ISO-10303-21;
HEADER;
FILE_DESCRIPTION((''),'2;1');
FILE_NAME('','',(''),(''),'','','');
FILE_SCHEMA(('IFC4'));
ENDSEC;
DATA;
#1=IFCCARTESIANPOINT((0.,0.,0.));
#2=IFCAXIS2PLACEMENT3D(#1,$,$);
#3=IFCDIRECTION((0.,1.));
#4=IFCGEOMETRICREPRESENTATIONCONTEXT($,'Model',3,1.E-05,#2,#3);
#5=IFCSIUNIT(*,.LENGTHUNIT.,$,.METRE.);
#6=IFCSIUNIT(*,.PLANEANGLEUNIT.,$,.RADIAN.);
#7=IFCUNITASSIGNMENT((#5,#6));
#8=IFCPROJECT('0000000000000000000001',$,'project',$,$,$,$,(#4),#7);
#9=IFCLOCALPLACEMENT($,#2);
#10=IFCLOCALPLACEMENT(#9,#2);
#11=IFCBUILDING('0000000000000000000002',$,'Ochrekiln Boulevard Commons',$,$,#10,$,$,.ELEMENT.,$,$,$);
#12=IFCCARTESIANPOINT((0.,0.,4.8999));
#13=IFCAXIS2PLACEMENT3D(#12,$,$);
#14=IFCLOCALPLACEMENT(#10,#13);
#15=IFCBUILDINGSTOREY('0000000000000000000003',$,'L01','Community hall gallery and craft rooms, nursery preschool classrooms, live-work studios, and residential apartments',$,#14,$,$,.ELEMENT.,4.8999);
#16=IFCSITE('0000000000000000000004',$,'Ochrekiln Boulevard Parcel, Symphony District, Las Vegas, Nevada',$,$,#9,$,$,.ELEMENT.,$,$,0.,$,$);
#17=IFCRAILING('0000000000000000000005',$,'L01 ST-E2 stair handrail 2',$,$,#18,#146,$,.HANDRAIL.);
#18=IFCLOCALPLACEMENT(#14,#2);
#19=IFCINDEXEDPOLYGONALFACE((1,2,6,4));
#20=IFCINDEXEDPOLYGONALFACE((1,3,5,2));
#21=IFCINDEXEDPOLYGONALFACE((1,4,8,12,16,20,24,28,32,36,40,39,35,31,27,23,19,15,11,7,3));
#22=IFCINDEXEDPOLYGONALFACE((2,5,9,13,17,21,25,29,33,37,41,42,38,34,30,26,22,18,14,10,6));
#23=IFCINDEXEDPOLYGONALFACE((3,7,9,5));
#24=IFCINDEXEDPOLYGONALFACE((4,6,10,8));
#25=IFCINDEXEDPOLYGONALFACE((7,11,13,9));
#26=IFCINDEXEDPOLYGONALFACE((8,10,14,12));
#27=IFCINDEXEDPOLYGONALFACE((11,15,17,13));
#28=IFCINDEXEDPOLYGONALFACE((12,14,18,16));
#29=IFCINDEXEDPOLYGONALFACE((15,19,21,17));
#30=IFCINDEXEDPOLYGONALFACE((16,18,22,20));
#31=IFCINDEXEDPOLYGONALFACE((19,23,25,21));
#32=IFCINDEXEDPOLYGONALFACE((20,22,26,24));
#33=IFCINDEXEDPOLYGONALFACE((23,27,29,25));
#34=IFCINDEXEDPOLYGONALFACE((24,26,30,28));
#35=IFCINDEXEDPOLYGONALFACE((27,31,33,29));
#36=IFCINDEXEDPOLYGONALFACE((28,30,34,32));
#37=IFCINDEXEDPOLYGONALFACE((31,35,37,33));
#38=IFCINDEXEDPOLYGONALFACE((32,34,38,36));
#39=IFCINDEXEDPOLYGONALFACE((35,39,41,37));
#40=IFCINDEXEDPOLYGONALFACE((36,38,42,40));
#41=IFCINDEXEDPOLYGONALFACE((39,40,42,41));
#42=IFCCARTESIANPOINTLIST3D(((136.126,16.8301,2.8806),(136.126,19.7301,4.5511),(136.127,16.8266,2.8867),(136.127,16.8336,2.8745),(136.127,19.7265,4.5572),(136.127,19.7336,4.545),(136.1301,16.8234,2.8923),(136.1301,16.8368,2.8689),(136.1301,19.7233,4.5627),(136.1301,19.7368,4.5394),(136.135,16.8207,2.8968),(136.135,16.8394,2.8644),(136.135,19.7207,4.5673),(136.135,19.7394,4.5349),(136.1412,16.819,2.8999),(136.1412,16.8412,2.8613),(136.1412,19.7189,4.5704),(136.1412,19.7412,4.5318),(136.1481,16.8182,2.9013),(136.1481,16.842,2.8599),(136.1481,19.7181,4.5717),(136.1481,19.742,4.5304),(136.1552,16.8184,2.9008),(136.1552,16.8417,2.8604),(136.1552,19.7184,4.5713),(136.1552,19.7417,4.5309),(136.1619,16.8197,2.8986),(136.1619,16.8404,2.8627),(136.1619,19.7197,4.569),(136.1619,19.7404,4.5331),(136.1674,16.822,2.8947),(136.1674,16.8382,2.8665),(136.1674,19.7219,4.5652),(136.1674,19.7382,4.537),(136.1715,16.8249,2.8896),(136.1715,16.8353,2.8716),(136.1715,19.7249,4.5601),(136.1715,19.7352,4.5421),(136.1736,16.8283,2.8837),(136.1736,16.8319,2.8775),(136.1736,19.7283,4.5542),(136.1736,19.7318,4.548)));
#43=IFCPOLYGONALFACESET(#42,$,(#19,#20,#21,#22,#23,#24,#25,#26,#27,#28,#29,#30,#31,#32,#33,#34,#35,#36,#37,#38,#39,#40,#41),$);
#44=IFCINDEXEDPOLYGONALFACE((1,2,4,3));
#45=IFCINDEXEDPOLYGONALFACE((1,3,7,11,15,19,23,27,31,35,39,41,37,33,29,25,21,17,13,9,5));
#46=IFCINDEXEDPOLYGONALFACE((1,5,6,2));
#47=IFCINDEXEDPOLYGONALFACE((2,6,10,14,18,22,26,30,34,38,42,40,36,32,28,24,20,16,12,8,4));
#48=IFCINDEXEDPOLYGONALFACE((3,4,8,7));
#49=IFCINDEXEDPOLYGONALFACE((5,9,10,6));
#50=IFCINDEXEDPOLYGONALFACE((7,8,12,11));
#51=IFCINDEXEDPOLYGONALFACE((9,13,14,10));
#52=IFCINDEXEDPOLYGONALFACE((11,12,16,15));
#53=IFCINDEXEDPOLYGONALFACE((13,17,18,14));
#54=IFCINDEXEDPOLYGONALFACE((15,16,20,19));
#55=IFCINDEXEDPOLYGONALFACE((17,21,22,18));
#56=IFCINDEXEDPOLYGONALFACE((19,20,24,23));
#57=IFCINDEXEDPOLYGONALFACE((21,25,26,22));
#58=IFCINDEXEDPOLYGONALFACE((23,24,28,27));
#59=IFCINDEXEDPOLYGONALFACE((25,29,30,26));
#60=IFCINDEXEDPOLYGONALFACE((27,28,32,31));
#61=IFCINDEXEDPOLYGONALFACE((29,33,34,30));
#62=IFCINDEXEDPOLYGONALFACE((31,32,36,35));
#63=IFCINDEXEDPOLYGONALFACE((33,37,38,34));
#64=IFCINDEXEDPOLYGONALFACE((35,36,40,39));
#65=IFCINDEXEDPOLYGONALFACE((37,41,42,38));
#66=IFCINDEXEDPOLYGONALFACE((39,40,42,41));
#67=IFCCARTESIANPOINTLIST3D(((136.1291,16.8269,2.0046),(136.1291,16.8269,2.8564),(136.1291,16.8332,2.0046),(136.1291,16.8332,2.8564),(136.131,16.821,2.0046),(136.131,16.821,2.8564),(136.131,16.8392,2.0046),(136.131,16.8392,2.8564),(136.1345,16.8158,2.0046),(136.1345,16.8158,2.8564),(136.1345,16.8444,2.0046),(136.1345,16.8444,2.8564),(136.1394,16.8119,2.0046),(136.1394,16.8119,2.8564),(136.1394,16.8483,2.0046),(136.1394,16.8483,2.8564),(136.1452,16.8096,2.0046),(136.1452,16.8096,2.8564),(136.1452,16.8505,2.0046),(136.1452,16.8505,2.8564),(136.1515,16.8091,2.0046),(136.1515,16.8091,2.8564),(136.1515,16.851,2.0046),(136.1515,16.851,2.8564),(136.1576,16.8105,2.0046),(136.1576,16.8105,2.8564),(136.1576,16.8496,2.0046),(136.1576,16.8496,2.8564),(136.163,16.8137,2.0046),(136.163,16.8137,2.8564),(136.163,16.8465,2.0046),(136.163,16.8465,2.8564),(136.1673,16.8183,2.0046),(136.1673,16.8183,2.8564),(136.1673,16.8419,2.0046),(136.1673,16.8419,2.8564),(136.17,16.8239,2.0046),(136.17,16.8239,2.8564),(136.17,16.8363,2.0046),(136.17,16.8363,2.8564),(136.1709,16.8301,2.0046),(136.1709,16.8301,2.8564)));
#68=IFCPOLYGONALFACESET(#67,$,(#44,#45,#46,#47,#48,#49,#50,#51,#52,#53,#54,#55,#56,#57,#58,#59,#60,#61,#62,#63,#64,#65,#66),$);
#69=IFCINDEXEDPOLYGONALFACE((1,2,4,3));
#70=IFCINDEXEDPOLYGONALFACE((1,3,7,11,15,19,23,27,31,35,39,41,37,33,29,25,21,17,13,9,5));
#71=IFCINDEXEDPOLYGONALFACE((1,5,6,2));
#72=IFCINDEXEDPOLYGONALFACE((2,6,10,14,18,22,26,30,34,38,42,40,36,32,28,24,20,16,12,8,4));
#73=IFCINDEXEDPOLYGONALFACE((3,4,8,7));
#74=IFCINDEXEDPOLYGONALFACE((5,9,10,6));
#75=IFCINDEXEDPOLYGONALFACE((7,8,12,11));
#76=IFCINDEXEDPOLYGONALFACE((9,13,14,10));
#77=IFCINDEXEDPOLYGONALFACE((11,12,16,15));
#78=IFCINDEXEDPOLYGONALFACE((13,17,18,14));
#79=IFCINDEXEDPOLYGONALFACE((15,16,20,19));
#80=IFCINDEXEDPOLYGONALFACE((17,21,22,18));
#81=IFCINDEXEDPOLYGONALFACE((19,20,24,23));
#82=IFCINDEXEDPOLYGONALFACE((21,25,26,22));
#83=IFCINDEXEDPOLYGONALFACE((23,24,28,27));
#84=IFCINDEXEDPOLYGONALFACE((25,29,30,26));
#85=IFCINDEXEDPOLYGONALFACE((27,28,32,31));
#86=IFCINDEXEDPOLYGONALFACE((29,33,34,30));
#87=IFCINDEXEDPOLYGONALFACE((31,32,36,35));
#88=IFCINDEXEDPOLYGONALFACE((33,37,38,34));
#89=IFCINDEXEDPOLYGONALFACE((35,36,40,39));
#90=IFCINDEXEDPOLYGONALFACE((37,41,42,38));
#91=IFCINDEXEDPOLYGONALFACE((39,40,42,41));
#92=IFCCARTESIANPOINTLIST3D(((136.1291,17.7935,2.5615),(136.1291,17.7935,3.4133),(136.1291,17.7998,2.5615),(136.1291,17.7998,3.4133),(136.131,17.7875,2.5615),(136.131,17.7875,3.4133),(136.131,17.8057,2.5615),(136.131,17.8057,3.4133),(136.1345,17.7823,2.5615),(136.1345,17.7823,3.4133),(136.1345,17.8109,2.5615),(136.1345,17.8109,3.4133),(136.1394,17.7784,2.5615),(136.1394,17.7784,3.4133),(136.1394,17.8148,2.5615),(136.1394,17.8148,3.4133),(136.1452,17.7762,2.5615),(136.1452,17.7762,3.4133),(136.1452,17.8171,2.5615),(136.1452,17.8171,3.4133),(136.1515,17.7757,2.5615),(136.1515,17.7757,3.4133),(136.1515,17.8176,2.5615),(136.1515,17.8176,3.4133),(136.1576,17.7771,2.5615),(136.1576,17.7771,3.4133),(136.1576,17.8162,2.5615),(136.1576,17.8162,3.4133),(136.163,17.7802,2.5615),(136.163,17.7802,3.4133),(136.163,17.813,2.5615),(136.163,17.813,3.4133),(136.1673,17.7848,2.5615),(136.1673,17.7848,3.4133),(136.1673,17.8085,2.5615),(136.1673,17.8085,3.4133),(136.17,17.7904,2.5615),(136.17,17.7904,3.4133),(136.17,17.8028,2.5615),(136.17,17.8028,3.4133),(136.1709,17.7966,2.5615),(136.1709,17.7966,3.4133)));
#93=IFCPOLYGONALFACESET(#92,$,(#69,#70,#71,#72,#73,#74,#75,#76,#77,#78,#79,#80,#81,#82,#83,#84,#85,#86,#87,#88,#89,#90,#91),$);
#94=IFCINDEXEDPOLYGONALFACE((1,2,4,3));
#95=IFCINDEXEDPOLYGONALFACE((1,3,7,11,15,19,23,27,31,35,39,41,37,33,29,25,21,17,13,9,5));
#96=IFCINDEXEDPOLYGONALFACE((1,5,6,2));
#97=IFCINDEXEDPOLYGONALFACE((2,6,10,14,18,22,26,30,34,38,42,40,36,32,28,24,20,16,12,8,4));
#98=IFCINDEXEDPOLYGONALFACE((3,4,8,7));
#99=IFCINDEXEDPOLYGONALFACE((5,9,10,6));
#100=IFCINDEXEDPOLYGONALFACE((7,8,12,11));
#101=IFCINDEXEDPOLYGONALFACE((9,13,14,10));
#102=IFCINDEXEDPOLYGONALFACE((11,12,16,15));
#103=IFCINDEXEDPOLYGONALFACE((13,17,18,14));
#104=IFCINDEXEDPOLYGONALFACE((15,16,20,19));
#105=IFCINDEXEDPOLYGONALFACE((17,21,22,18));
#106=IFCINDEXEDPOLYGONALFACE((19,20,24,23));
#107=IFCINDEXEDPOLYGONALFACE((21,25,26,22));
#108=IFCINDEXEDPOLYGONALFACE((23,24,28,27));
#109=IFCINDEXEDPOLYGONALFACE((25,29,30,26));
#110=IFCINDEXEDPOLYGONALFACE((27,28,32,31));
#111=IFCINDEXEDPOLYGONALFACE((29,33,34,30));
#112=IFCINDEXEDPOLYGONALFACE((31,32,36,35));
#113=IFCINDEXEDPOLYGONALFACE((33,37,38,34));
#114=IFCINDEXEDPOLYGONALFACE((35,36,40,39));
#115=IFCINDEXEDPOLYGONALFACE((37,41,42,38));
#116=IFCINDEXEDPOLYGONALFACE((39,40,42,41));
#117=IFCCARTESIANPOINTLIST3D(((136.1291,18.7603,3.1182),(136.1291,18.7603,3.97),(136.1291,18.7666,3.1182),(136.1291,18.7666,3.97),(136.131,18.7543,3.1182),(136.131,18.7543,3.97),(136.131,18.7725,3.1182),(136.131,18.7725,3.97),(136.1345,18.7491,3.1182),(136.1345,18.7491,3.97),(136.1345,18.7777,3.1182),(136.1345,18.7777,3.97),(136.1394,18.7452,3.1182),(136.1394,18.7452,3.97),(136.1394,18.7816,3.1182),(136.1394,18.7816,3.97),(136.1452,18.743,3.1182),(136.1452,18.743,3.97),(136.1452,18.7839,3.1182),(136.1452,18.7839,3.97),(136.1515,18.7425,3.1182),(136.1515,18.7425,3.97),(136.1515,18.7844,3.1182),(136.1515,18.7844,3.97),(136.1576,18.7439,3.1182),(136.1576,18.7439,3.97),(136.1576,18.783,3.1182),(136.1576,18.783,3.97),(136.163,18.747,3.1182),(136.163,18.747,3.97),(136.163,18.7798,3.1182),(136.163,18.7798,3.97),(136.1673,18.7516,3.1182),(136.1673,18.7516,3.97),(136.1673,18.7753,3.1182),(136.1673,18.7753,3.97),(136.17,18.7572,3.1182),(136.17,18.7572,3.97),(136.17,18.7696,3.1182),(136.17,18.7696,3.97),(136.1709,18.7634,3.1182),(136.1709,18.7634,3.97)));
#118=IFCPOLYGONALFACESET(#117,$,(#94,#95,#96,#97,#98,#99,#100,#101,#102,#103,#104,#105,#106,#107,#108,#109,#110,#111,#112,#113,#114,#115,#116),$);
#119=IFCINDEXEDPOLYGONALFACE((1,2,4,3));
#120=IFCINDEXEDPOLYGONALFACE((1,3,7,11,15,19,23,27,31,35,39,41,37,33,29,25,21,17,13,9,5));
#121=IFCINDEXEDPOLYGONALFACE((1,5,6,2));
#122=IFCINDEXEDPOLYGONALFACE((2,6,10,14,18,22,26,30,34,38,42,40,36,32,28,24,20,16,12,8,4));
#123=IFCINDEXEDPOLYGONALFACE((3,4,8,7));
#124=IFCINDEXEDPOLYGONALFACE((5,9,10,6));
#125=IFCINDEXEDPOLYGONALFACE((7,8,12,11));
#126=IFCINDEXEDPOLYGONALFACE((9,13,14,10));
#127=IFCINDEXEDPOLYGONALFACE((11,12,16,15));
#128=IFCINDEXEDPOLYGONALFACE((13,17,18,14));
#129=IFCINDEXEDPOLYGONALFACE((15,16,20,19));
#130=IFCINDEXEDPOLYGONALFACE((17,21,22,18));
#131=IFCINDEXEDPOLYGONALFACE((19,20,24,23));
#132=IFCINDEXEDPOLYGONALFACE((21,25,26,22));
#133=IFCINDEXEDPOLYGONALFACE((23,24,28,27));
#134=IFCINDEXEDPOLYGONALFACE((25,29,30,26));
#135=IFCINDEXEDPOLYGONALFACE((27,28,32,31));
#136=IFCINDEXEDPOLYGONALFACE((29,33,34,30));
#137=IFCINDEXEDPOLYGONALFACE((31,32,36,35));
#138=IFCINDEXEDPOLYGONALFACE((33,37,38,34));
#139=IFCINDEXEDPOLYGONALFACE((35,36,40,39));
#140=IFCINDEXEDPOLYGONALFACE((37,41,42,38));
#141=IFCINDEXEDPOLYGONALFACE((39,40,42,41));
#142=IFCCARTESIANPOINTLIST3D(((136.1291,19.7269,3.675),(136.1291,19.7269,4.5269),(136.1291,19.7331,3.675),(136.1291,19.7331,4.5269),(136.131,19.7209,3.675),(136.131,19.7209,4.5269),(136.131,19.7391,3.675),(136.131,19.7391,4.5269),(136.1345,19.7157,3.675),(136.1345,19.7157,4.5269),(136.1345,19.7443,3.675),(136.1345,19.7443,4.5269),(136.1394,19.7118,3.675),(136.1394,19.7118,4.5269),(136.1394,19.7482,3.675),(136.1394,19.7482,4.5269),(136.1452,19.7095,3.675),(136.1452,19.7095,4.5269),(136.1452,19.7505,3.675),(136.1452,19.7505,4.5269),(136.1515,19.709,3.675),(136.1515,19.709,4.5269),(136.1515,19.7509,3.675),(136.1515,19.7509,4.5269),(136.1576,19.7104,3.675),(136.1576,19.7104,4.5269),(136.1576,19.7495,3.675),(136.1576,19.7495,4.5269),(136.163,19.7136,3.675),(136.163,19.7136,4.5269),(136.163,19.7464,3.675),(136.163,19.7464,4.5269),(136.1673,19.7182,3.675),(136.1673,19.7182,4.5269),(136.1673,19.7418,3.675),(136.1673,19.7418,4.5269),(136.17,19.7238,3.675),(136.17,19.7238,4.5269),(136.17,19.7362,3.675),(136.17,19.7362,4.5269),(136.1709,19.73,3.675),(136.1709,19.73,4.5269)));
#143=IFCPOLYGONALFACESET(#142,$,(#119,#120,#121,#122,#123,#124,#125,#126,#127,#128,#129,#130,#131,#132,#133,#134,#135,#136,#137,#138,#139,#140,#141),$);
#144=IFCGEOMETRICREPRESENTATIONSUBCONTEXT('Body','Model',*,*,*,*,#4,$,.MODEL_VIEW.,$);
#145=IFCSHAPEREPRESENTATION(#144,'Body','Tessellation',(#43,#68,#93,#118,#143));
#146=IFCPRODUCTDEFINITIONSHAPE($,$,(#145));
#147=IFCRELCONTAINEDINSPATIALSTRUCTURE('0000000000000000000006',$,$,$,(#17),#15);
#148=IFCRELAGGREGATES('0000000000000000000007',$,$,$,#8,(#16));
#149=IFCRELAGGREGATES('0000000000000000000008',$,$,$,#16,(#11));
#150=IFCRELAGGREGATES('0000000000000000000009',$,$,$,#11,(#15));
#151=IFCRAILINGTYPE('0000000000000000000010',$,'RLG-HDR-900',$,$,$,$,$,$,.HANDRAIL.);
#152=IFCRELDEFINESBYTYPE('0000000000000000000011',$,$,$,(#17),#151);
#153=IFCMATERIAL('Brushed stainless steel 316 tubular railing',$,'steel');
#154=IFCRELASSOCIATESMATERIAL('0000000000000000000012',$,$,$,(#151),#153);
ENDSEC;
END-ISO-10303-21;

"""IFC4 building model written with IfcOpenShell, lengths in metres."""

from ifc_helpers import new_model, si_unit, direction, frame, origin, origin_2d, place, context, subcontext, project, spatial, circle, extrude, material, type_object, element, save


model = new_model("IFC4")

# Units and contexts
model_context = context("Model", 3, precision=1e-05, world=origin(), true_north=direction((0.0, 1.0)))
body_context = subcontext(model_context, "Body", "Model", "MODEL_VIEW")
ifc_project = project(units=[si_unit("LENGTHUNIT", "METRE"), si_unit("PLANEANGLEUNIT", "RADIAN")], contexts=[model_context])

# Site, building, storey
site_placement = place(None, origin())
site = spatial("IfcSite", under=ifc_project, at=site_placement, Name="Ochrekiln Boulevard Parcel, Symphony District, Las Vegas, Nevada", CompositionType="ELEMENT", RefElevation=0.0)
building_placement = place(site_placement, origin())
building = spatial("IfcBuilding", under=site, at=building_placement, Name="Ochrekiln Boulevard Commons", CompositionType="ELEMENT")
storey_placement = place(building_placement, frame((0.0, 0.0, 4.8999)))
storey = spatial("IfcBuildingStorey", under=building, at=storey_placement, Name="L01", Description="Community hall gallery and craft rooms, nursery preschool classrooms, live-work studios, and residential apartments", CompositionType="ELEMENT", Elevation=4.8999)

# Railing
ifc_material_1 = material(Name="Brushed stainless steel 316 tubular railing", Category="steel")
railing_type_1 = type_object("IfcRailingType", Name="RLG-HDR-900", PredefinedType="HANDRAIL", material=ifc_material_1)
railing_1_placement = place(storey_placement, frame((136.1499, 16.8301, 2.0046)))
element("IfcRailing", 1, at=railing_1_placement, inside=storey, type_object=railing_type_1, Name="L01 ST-E2 stair handrail 2", PredefinedType="HANDRAIL", context=body_context, shape_type="SweptSolid", body=[
    extrude(circle(Radius=0.0239, at=origin_2d()), frame((0.0, 0.0, 0.876), z_axis=(0.0, 0.866523, 0.499137), x_axis=(-1.0, 0.0, 0.0)), (0.0, 0.0, 1.0), 3.3467),
    extrude(circle(Radius=0.021, at=origin_2d()), origin(), (0.0, 0.0, 1.0), 0.8518),
    extrude(circle(Radius=0.021, at=origin_2d()), frame((0.0, 0.9666, 0.5569)), (0.0, 0.0, 1.0), 0.8518),
    extrude(circle(Radius=0.021, at=origin_2d()), frame((0.0, 1.9333, 1.1135)), (0.0, 0.0, 1.0), 0.8518),
    extrude(circle(Radius=0.021, at=origin_2d()), frame((0.0, 2.8999, 1.6704)), (0.0, 0.0, 1.0), 0.8518),
])

save(model, "model.ifc")
